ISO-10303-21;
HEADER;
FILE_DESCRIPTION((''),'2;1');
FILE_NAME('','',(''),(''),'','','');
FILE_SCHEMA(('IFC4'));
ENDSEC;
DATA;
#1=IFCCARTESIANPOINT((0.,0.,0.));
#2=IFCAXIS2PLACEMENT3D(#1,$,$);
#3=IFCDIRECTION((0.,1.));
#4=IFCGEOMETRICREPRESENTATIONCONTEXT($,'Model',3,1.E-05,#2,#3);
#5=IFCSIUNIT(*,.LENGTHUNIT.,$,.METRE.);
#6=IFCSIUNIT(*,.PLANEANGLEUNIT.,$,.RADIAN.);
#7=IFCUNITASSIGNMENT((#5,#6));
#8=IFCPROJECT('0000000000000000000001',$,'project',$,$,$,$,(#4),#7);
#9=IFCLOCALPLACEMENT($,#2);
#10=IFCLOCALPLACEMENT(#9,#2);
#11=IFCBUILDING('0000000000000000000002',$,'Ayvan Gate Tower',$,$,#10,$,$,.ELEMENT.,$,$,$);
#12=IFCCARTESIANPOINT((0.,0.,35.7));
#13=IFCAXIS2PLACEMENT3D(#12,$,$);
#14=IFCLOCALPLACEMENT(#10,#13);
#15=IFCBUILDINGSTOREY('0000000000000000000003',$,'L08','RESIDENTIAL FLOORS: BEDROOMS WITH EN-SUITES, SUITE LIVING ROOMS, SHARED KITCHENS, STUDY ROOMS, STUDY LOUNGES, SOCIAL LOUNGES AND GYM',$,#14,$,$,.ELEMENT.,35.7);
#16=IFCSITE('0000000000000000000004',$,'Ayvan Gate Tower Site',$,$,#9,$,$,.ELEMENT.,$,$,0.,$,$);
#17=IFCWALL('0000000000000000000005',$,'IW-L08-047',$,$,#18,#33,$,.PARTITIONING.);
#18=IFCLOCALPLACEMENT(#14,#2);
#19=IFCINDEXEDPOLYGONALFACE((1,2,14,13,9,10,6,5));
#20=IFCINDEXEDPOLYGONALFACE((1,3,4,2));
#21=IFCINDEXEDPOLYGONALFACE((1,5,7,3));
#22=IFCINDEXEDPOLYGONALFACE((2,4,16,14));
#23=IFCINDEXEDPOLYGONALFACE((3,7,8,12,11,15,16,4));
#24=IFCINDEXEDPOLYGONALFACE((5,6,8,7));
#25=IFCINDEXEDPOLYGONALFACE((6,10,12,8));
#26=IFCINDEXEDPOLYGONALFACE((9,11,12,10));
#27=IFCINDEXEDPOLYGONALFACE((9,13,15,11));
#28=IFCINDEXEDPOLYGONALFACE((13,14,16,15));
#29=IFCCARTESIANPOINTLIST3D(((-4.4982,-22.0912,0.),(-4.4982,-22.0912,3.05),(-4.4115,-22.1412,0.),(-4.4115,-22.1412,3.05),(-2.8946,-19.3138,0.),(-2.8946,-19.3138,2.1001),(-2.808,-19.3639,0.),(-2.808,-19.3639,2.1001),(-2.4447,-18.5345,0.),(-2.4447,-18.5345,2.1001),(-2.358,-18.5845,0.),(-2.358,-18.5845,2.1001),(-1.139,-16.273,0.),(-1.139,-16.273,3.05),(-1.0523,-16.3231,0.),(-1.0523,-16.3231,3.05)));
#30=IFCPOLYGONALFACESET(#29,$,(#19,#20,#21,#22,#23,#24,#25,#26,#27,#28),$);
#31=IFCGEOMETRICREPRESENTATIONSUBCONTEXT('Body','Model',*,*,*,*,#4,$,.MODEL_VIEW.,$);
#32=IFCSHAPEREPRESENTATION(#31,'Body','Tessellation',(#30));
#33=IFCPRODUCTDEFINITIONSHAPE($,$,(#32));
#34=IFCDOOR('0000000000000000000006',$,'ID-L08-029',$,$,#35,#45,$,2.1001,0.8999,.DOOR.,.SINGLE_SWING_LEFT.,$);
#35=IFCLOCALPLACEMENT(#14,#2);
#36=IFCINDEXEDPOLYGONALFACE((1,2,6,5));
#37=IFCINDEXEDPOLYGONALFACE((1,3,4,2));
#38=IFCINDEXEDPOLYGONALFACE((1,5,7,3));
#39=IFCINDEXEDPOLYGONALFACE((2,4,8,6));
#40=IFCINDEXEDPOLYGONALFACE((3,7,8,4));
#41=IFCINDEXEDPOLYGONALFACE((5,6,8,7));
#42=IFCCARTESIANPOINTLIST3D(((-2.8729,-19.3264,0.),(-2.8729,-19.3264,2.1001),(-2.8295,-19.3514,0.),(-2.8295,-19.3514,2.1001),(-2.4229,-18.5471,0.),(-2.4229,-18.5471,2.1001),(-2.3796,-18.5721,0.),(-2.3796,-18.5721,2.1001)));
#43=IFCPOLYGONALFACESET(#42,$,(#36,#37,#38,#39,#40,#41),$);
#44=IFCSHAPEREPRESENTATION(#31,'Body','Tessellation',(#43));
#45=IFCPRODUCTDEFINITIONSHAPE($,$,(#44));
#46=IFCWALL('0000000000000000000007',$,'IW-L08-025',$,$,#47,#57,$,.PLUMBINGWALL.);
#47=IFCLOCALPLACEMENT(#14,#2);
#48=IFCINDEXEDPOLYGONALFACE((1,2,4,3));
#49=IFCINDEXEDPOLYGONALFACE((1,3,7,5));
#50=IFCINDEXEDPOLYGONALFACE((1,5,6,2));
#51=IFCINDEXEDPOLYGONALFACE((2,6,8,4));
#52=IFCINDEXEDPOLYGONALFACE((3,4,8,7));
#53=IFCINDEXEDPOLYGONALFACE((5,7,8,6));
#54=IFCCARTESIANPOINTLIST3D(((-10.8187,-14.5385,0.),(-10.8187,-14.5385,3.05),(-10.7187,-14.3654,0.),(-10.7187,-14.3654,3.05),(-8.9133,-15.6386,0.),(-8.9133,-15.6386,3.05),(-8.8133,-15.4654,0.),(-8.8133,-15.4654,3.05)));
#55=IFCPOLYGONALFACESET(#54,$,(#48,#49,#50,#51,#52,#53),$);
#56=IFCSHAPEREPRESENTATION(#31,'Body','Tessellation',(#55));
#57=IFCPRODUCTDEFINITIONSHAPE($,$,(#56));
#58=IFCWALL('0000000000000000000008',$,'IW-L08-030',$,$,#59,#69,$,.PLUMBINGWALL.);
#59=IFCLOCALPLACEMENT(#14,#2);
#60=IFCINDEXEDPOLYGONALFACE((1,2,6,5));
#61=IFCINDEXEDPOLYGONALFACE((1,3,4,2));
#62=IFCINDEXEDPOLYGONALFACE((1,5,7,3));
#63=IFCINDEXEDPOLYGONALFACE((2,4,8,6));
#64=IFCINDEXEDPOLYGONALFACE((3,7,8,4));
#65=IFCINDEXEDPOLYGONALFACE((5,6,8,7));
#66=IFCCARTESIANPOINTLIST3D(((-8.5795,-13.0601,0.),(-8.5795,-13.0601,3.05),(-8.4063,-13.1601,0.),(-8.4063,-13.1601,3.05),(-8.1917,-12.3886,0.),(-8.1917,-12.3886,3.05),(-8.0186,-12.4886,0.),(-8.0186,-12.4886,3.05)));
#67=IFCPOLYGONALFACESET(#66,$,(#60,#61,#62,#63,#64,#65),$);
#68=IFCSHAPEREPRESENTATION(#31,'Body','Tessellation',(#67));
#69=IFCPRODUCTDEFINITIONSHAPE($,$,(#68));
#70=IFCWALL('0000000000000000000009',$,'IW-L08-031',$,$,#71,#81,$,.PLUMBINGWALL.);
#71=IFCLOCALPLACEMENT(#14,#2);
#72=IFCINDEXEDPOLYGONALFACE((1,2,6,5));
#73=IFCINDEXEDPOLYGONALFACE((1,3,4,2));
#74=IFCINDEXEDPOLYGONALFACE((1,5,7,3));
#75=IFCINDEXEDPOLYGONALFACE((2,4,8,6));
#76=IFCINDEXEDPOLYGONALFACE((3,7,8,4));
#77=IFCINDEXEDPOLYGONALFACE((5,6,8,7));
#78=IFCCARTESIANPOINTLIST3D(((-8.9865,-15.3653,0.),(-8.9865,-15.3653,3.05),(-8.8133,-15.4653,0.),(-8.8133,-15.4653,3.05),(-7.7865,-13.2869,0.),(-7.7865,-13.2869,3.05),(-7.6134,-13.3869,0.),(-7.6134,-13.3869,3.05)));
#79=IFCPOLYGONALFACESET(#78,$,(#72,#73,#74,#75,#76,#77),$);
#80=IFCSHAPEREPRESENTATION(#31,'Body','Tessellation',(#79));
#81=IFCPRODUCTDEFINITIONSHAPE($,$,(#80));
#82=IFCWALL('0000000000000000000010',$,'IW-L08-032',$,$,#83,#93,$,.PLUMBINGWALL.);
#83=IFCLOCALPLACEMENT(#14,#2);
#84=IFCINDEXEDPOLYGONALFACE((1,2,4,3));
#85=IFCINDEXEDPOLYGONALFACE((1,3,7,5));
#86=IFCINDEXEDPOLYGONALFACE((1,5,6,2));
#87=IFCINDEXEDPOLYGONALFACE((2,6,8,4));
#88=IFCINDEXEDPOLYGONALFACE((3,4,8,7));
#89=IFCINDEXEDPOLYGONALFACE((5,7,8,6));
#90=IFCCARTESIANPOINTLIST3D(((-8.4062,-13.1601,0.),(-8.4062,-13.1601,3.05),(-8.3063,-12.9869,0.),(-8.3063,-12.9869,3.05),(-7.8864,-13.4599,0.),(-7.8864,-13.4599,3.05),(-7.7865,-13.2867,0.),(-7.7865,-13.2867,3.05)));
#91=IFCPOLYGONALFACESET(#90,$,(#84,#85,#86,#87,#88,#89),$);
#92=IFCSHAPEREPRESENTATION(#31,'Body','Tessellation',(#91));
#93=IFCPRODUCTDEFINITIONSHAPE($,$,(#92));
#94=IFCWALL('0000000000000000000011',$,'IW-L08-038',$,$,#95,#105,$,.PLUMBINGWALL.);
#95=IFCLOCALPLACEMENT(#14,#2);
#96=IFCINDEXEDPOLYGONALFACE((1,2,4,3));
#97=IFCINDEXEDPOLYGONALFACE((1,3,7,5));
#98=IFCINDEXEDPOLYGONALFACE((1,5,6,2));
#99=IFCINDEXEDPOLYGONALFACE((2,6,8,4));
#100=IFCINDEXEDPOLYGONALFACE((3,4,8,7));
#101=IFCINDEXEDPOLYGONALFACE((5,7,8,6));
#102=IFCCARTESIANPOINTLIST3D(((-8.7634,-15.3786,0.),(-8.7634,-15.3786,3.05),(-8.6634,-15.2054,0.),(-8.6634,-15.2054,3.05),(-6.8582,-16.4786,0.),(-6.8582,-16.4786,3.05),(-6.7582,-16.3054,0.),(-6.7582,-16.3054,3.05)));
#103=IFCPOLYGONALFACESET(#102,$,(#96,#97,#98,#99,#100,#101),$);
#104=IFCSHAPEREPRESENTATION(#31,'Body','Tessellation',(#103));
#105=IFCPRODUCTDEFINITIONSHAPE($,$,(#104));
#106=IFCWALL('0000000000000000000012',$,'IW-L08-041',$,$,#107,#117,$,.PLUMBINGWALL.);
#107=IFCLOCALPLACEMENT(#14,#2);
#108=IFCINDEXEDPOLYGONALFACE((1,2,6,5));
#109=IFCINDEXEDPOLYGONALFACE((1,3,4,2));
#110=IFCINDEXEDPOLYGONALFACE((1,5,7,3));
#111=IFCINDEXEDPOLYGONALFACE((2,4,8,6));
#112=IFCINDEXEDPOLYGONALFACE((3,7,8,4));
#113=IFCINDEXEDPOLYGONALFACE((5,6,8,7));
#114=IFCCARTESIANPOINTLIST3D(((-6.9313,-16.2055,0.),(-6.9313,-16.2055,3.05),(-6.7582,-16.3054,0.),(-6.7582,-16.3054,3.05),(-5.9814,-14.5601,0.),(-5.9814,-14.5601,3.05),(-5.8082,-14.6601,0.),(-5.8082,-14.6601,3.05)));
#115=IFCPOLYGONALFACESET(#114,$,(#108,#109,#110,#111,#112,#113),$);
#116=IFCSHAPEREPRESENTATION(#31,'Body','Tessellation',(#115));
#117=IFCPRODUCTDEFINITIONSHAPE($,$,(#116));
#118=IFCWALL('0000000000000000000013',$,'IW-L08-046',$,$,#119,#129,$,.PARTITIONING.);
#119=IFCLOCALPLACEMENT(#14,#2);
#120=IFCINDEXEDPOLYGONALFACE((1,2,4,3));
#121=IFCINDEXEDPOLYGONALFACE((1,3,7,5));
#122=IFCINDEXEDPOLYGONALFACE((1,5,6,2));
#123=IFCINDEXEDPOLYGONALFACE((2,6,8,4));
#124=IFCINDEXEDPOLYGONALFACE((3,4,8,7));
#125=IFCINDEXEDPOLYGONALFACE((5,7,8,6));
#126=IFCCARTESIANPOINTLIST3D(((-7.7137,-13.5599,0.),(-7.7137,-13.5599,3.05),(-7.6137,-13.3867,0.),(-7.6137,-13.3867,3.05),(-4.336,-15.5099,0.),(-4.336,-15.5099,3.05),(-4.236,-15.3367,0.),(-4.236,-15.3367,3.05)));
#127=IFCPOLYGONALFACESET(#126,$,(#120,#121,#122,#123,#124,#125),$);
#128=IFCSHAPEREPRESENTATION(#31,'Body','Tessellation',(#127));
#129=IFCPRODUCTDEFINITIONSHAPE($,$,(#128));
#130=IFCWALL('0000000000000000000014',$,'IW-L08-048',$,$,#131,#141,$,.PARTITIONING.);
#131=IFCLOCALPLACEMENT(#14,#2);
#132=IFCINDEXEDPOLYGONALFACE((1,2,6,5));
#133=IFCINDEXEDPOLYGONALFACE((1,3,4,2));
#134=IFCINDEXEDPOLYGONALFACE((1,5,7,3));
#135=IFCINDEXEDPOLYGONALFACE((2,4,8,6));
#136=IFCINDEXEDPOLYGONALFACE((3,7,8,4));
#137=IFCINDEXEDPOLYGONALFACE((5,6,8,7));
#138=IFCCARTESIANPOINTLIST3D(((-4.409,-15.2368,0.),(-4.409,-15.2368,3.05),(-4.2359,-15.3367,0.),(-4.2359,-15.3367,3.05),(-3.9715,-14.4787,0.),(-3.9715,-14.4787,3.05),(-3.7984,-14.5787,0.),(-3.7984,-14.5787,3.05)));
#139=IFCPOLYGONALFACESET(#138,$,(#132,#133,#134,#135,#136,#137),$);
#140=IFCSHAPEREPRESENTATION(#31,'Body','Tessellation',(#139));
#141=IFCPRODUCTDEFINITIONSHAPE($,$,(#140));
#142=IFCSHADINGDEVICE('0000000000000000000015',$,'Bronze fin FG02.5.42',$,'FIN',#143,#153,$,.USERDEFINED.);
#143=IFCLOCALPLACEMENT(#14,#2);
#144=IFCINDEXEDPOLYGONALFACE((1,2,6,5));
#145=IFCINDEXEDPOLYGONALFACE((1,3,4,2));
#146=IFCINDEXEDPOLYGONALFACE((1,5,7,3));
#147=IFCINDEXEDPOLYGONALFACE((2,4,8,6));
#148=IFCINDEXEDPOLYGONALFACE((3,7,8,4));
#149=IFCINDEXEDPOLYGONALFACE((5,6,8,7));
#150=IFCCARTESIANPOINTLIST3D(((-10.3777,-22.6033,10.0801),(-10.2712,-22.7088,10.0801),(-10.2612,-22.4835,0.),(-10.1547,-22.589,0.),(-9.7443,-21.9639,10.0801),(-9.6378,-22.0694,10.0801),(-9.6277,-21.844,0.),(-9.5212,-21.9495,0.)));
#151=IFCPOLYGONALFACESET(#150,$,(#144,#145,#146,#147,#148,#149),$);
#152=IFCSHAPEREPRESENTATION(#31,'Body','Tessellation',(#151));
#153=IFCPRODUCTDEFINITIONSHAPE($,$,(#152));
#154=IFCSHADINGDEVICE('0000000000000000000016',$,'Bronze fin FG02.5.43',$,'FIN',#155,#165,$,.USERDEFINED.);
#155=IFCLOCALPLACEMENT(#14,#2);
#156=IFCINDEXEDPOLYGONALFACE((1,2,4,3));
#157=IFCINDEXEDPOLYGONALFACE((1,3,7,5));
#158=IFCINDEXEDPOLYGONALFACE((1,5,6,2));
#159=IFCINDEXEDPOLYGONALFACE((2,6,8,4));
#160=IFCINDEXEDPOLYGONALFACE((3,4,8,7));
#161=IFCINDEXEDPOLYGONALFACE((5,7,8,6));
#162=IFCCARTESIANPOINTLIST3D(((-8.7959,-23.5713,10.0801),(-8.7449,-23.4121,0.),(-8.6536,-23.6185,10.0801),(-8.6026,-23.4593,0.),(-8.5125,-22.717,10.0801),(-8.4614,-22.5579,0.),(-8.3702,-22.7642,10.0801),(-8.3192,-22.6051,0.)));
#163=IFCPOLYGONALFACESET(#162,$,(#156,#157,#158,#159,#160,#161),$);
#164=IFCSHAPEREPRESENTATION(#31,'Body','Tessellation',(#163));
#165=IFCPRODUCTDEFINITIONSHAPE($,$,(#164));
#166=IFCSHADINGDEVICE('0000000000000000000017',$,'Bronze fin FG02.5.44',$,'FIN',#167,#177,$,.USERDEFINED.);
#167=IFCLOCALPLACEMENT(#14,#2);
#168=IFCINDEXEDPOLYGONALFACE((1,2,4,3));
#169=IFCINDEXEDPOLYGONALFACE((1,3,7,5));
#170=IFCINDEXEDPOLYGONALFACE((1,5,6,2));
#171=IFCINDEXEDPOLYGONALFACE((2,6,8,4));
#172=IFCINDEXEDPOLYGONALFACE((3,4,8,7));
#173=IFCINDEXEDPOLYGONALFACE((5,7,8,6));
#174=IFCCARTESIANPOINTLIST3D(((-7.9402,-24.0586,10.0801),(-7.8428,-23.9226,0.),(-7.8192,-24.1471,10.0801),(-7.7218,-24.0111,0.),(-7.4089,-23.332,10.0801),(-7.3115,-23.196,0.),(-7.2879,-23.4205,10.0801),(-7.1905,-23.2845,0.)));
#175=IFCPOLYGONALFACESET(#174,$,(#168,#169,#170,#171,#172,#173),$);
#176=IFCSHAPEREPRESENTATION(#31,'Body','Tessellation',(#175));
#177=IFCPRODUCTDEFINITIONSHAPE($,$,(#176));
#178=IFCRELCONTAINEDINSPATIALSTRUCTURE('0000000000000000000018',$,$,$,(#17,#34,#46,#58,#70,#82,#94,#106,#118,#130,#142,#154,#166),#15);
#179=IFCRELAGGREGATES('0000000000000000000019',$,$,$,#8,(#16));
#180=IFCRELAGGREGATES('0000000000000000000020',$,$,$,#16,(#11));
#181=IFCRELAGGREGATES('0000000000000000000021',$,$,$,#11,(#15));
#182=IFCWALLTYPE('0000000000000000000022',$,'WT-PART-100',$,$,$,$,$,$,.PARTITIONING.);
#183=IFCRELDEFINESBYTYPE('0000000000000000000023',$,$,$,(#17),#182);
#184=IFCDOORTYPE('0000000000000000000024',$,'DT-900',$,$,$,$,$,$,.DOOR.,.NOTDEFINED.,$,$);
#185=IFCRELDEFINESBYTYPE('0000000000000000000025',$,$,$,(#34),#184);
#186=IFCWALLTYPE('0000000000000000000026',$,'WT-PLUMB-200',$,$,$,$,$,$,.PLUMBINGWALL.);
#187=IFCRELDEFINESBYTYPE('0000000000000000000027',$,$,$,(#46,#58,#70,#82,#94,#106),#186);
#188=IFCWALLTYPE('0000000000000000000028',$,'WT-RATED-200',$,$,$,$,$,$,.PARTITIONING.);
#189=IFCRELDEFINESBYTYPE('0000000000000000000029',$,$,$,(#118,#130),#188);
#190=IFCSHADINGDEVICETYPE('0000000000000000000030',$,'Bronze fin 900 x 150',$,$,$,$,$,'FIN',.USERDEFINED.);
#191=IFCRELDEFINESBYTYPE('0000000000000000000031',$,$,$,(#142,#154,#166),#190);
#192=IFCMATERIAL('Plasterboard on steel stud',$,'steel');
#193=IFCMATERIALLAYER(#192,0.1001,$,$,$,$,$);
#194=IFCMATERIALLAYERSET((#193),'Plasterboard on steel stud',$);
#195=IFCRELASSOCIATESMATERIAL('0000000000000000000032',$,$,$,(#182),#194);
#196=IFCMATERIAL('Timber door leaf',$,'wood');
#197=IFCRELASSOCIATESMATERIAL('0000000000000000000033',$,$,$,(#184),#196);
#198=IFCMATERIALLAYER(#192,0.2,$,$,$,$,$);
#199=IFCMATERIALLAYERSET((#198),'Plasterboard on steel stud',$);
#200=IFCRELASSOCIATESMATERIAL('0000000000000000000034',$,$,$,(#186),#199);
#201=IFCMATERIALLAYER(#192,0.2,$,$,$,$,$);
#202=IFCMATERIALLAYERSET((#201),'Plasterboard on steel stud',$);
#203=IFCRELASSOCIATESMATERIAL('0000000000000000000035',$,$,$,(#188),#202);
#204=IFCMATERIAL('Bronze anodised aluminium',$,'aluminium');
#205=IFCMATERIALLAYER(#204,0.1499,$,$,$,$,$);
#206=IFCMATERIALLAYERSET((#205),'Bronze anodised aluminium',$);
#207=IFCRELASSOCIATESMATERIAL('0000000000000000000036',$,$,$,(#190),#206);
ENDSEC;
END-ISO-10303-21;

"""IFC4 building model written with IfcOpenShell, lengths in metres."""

from ifc_helpers import new_model, si_unit, direction, frame, frame_2d, origin, place, context, subcontext, project, spatial, polyline, rectangle, outline, extrude, material, layer, layer_set, type_object, element, fill, save


model = new_model("IFC4")

# Units and contexts
model_context = context("Model", 3, precision=1e-05, world=origin(), true_north=direction((0.0, 1.0)))
body_context = subcontext(model_context, "Body", "Model", "MODEL_VIEW")
ifc_project = project(units=[si_unit("LENGTHUNIT", "METRE"), si_unit("PLANEANGLEUNIT", "RADIAN")], contexts=[model_context])

# Site, building, storey
site_placement = place(None, origin())
site = spatial("IfcSite", under=ifc_project, at=site_placement, Name="Ayvan Gate Tower Site", CompositionType="ELEMENT", RefElevation=0.0)
building_placement = place(site_placement, origin())
building = spatial("IfcBuilding", under=site, at=building_placement, Name="Ayvan Gate Tower", CompositionType="ELEMENT")
storey_placement = place(building_placement, frame((0.0, 0.0, 35.7)))
storey = spatial("IfcBuildingStorey", under=building, at=storey_placement, Name="L08", Description="RESIDENTIAL FLOORS: BEDROOMS WITH EN-SUITES, SUITE LIVING ROOMS, SHARED KITCHENS, STUDY ROOMS, STUDY LOUNGES, SOCIAL LOUNGES AND GYM", CompositionType="ELEMENT", Elevation=35.7)

# Shared definitions
ifc_material_1 = material(Name="Bronze anodised aluminium", Category="aluminium")

# Shared definitions
ifc_material_2 = material(Name="Plasterboard on steel stud", Category="steel")
ifc_layer_1 = layer(ifc_material_2, 0.1001)
ifc_layer_set_1 = layer_set([ifc_layer_1], Name="Plasterboard on steel stud")
wall_type_1 = type_object("IfcWallType", Name="WT-PART-100", PredefinedType="PARTITIONING", material=ifc_layer_set_1)

# Wall, opening, door
wall_1_placement = place(storey_placement, frame((-4.4548, -22.1162, 0.0), z_axis=(0.0, 0.0, 1.0), x_axis=(0.500005, 0.866023, 0.0)))
wall_1 = element("IfcWall", 1, at=wall_1_placement, inside=storey, type_object=wall_type_1, Name="IW-L08-047", PredefinedType="PARTITIONING", context=body_context, shape_type="SweptSolid", body=[
    extrude(rectangle(XDim=6.7183, YDim=0.1001, at=frame_2d((3.3591, 0.0))), origin(), (0.0, 0.0, 1.0), 3.05),
])
opening_placement = place(wall_1_placement, frame((3.207, 0.0, 0.0)))
opening = element("IfcOpeningElement", 2, at=opening_placement, cuts=wall_1, PredefinedType="OPENING", context=body_context, shape_type="SweptSolid", body=[
    extrude(rectangle(XDim=0.8999, YDim=2.1001, at=frame_2d((0.45, 1.05))), frame((0.0, 0.0601, 0.0), z_axis=(0.0, -1.0, 0.0), x_axis=(1.0, 0.0, 0.0)), (0.0, 0.0, 1.0), 0.1201),
])
ifc_material_3 = material(Name="Timber door leaf", Category="wood")
door_type = type_object("IfcDoorType", Name="DT-900", OperationType="NOTDEFINED", PredefinedType="DOOR", material=ifc_material_3)
door_placement = place(opening_placement, origin())
door = element("IfcDoor", 3, at=door_placement, inside=storey, type_object=door_type, Name="ID-L08-029", OperationType="SINGLE_SWING_LEFT", OverallHeight=2.1001, OverallWidth=0.8999, PredefinedType="DOOR", context=body_context, shape_type="SweptSolid", body=[
    extrude(rectangle(XDim=0.8999, YDim=2.1001, at=frame_2d((0.45, 1.05))), frame((0.0, 0.0249, 0.0), z_axis=(0.0, -1.0, 0.0), x_axis=(1.0, 0.0, 0.0)), (0.0, 0.0, 1.0), 0.05),
])
fill(opening, door)

# Walls
ifc_layer_2 = layer(ifc_material_2, 0.2)
ifc_layer_set_2 = layer_set([ifc_layer_2], Name="Plasterboard on steel stud")
wall_type_2 = type_object("IfcWallType", Name="WT-PLUMB-200", PredefinedType="PLUMBINGWALL", material=ifc_layer_set_2)
wall_2_placement = place(storey_placement, frame((-8.8633, -15.552, 0.0), z_axis=(0.0, 0.0, 1.0), x_axis=(-0.866036, 0.499982, 0.0)))
element("IfcWall", 4, at=wall_2_placement, inside=storey, type_object=wall_type_2, Name="IW-L08-025", PredefinedType="PLUMBINGWALL", context=body_context, shape_type="SweptSolid", body=[
    extrude(rectangle(XDim=2.2002, YDim=0.2, at=frame_2d((1.1001, 0.0))), origin(), (0.0, 0.0, 1.0), 3.05),
])
wall_3_placement = place(storey_placement, frame((-8.4929, -13.1101, 0.0), z_axis=(0.0, 0.0, 1.0), x_axis=(0.500068, 0.865986, 0.0)))
element("IfcWall", 5, at=wall_3_placement, inside=storey, type_object=wall_type_2, Name="IW-L08-030", PredefinedType="PLUMBINGWALL", context=body_context, shape_type="SweptSolid", body=[
    extrude(rectangle(XDim=0.7754, YDim=0.2, at=frame_2d((0.3877, 0.0))), origin(), (0.0, 0.0, 1.0), 3.05),
])
wall_4_placement = place(storey_placement, frame((-7.7, -13.3369, 0.0), z_axis=(0.0, 0.0, 1.0), x_axis=(-0.500001, -0.866025, 0.0)))
element("IfcWall", 6, at=wall_4_placement, inside=storey, type_object=wall_type_2, Name="IW-L08-031", PredefinedType="PLUMBINGWALL", context=body_context, shape_type="SweptSolid", body=[
    extrude(rectangle(XDim=2.3999, YDim=0.2, at=frame_2d((1.2, 0.0))), origin(), (0.0, 0.0, 1.0), 3.05),
])
wall_5_placement = place(storey_placement, frame((-7.8364, -13.3733, 0.0), z_axis=(0.0, 0.0, 1.0), x_axis=(-0.866233, 0.49964, 0.0)))
element("IfcWall", 7, at=wall_5_placement, inside=storey, type_object=wall_type_2, Name="IW-L08-032", PredefinedType="PLUMBINGWALL", context=body_context, shape_type="SweptSolid", body=[
    extrude(rectangle(XDim=0.6001, YDim=0.2, at=frame_2d((0.3, 0.0))), origin(), (0.0, 0.0, 1.0), 3.05),
])
wall_6_placement = place(storey_placement, frame((-6.8081, -16.3921, 0.0), z_axis=(0.0, 0.0, 1.0), x_axis=(-0.866008, 0.50003, 0.0)))
element("IfcWall", 8, at=wall_6_placement, inside=storey, type_object=wall_type_2, Name="IW-L08-038", PredefinedType="PLUMBINGWALL", context=body_context, shape_type="SweptSolid", body=[
    extrude(rectangle(XDim=2.2, YDim=0.2, at=frame_2d((1.1001, 0.0))), origin(), (0.0, 0.0, 1.0), 3.05),
])
wall_7_placement = place(storey_placement, frame((-5.8948, -14.6101, 0.0), z_axis=(0.0, 0.0, 1.0), x_axis=(-0.500023, -0.866012, 0.0)))
element("IfcWall", 9, at=wall_7_placement, inside=storey, type_object=wall_type_2, Name="IW-L08-041", PredefinedType="PLUMBINGWALL", context=body_context, shape_type="SweptSolid", body=[
    extrude(rectangle(XDim=1.8999, YDim=0.2, at=frame_2d((0.95, 0.0))), origin(), (0.0, 0.0, 1.0), 3.05),
])
ifc_layer_3 = layer(ifc_material_2, 0.2)
ifc_layer_set_3 = layer_set([ifc_layer_3], Name="Plasterboard on steel stud")
wall_type_3 = type_object("IfcWallType", Name="WT-RATED-200", PredefinedType="PARTITIONING", material=ifc_layer_set_3)
wall_8_placement = place(storey_placement, frame((-4.2859, -15.4233, 0.0), z_axis=(0.0, 0.0, 1.0), x_axis=(-0.866043, 0.49997, 0.0)))
element("IfcWall", 10, at=wall_8_placement, inside=storey, type_object=wall_type_3, Name="IW-L08-046", PredefinedType="PARTITIONING", context=body_context, shape_type="SweptSolid", body=[
    extrude(rectangle(XDim=3.9001, YDim=0.2, at=frame_2d((1.9502, 0.0))), origin(), (0.0, 0.0, 1.0), 3.05),
])
wall_9_placement = place(storey_placement, frame((-3.885, -14.5288, 0.0), z_axis=(0.0, 0.0, 1.0), x_axis=(-0.499859, -0.866107, 0.0)))
element("IfcWall", 11, at=wall_9_placement, inside=storey, type_object=wall_type_3, Name="IW-L08-048", PredefinedType="PARTITIONING", context=body_context, shape_type="SweptSolid", body=[
    extrude(rectangle(XDim=0.8752, YDim=0.2, at=frame_2d((0.4375, 0.0))), origin(), (0.0, 0.0, 1.0), 3.05),
])

# Shading devices
ifc_layer_4 = layer(ifc_material_1, 0.1499)
ifc_layer_set_4 = layer_set([ifc_layer_4], Name="Bronze anodised aluminium")
shading_device_type = type_object("IfcShadingDeviceType", Name="Bronze fin 900 x 150", ElementType="FIN", PredefinedType="USERDEFINED", material=ifc_layer_set_4)
shading_device_1_placement = place(storey_placement, frame((-9.6277, -21.844, 0.0), z_axis=(-0.710422, 0.703776, 0.000153), x_axis=(-0.703776, -0.710422, 0.0)))
element("IfcShadingDevice", 12, at=shading_device_1_placement, inside=storey, type_object=shading_device_type, Name="Bronze fin FG02.5.42", ObjectType="FIN", PredefinedType="USERDEFINED", context=body_context, shape_type="SweptSolid", body=[
    extrude(outline(polyline([(0.0, 0.0), (0.9001, 0.0), (1.0672, 10.0801), (0.1673, 10.0801), (0.0, 0.0)])), origin(), (0.0, 0.0, -1.0), 0.1499),
])
shading_device_2_placement = place(storey_placement, frame((-8.4614, -22.5579, 0.0), z_axis=(-0.949116, 0.314925, 0.000169), x_axis=(-0.314925, -0.949116, 0.0)))
element("IfcShadingDevice", 13, at=shading_device_2_placement, inside=storey, type_object=shading_device_type, Name="Bronze fin FG02.5.43", ObjectType="FIN", PredefinedType="USERDEFINED", context=body_context, shape_type="SweptSolid", body=[
    extrude(outline(polyline([(0.0, 0.0), (0.9, 0.0), (1.0672, 10.0801), (0.1671, 10.0801), (0.0, 0.0)])), origin(), (0.0, 0.0, -1.0), 0.1499),
])
shading_device_3_placement = place(storey_placement, frame((-7.3115, -23.196, 0.0), z_axis=(-0.807232, 0.590234, 0.000162), x_axis=(-0.590234, -0.807232, 0.0)))
element("IfcShadingDevice", 14, at=shading_device_3_placement, inside=storey, type_object=shading_device_type, Name="Bronze fin FG02.5.44", ObjectType="FIN", PredefinedType="USERDEFINED", context=body_context, shape_type="SweptSolid", body=[
    extrude(outline(polyline([(0.0, 0.0), (0.9001, 0.0), (1.0673, 10.0801), (0.1673, 10.0801), (0.0, 0.0)])), origin(), (0.0, 0.0, -1.0), 0.1499),
])

save(model, "model.ifc")
